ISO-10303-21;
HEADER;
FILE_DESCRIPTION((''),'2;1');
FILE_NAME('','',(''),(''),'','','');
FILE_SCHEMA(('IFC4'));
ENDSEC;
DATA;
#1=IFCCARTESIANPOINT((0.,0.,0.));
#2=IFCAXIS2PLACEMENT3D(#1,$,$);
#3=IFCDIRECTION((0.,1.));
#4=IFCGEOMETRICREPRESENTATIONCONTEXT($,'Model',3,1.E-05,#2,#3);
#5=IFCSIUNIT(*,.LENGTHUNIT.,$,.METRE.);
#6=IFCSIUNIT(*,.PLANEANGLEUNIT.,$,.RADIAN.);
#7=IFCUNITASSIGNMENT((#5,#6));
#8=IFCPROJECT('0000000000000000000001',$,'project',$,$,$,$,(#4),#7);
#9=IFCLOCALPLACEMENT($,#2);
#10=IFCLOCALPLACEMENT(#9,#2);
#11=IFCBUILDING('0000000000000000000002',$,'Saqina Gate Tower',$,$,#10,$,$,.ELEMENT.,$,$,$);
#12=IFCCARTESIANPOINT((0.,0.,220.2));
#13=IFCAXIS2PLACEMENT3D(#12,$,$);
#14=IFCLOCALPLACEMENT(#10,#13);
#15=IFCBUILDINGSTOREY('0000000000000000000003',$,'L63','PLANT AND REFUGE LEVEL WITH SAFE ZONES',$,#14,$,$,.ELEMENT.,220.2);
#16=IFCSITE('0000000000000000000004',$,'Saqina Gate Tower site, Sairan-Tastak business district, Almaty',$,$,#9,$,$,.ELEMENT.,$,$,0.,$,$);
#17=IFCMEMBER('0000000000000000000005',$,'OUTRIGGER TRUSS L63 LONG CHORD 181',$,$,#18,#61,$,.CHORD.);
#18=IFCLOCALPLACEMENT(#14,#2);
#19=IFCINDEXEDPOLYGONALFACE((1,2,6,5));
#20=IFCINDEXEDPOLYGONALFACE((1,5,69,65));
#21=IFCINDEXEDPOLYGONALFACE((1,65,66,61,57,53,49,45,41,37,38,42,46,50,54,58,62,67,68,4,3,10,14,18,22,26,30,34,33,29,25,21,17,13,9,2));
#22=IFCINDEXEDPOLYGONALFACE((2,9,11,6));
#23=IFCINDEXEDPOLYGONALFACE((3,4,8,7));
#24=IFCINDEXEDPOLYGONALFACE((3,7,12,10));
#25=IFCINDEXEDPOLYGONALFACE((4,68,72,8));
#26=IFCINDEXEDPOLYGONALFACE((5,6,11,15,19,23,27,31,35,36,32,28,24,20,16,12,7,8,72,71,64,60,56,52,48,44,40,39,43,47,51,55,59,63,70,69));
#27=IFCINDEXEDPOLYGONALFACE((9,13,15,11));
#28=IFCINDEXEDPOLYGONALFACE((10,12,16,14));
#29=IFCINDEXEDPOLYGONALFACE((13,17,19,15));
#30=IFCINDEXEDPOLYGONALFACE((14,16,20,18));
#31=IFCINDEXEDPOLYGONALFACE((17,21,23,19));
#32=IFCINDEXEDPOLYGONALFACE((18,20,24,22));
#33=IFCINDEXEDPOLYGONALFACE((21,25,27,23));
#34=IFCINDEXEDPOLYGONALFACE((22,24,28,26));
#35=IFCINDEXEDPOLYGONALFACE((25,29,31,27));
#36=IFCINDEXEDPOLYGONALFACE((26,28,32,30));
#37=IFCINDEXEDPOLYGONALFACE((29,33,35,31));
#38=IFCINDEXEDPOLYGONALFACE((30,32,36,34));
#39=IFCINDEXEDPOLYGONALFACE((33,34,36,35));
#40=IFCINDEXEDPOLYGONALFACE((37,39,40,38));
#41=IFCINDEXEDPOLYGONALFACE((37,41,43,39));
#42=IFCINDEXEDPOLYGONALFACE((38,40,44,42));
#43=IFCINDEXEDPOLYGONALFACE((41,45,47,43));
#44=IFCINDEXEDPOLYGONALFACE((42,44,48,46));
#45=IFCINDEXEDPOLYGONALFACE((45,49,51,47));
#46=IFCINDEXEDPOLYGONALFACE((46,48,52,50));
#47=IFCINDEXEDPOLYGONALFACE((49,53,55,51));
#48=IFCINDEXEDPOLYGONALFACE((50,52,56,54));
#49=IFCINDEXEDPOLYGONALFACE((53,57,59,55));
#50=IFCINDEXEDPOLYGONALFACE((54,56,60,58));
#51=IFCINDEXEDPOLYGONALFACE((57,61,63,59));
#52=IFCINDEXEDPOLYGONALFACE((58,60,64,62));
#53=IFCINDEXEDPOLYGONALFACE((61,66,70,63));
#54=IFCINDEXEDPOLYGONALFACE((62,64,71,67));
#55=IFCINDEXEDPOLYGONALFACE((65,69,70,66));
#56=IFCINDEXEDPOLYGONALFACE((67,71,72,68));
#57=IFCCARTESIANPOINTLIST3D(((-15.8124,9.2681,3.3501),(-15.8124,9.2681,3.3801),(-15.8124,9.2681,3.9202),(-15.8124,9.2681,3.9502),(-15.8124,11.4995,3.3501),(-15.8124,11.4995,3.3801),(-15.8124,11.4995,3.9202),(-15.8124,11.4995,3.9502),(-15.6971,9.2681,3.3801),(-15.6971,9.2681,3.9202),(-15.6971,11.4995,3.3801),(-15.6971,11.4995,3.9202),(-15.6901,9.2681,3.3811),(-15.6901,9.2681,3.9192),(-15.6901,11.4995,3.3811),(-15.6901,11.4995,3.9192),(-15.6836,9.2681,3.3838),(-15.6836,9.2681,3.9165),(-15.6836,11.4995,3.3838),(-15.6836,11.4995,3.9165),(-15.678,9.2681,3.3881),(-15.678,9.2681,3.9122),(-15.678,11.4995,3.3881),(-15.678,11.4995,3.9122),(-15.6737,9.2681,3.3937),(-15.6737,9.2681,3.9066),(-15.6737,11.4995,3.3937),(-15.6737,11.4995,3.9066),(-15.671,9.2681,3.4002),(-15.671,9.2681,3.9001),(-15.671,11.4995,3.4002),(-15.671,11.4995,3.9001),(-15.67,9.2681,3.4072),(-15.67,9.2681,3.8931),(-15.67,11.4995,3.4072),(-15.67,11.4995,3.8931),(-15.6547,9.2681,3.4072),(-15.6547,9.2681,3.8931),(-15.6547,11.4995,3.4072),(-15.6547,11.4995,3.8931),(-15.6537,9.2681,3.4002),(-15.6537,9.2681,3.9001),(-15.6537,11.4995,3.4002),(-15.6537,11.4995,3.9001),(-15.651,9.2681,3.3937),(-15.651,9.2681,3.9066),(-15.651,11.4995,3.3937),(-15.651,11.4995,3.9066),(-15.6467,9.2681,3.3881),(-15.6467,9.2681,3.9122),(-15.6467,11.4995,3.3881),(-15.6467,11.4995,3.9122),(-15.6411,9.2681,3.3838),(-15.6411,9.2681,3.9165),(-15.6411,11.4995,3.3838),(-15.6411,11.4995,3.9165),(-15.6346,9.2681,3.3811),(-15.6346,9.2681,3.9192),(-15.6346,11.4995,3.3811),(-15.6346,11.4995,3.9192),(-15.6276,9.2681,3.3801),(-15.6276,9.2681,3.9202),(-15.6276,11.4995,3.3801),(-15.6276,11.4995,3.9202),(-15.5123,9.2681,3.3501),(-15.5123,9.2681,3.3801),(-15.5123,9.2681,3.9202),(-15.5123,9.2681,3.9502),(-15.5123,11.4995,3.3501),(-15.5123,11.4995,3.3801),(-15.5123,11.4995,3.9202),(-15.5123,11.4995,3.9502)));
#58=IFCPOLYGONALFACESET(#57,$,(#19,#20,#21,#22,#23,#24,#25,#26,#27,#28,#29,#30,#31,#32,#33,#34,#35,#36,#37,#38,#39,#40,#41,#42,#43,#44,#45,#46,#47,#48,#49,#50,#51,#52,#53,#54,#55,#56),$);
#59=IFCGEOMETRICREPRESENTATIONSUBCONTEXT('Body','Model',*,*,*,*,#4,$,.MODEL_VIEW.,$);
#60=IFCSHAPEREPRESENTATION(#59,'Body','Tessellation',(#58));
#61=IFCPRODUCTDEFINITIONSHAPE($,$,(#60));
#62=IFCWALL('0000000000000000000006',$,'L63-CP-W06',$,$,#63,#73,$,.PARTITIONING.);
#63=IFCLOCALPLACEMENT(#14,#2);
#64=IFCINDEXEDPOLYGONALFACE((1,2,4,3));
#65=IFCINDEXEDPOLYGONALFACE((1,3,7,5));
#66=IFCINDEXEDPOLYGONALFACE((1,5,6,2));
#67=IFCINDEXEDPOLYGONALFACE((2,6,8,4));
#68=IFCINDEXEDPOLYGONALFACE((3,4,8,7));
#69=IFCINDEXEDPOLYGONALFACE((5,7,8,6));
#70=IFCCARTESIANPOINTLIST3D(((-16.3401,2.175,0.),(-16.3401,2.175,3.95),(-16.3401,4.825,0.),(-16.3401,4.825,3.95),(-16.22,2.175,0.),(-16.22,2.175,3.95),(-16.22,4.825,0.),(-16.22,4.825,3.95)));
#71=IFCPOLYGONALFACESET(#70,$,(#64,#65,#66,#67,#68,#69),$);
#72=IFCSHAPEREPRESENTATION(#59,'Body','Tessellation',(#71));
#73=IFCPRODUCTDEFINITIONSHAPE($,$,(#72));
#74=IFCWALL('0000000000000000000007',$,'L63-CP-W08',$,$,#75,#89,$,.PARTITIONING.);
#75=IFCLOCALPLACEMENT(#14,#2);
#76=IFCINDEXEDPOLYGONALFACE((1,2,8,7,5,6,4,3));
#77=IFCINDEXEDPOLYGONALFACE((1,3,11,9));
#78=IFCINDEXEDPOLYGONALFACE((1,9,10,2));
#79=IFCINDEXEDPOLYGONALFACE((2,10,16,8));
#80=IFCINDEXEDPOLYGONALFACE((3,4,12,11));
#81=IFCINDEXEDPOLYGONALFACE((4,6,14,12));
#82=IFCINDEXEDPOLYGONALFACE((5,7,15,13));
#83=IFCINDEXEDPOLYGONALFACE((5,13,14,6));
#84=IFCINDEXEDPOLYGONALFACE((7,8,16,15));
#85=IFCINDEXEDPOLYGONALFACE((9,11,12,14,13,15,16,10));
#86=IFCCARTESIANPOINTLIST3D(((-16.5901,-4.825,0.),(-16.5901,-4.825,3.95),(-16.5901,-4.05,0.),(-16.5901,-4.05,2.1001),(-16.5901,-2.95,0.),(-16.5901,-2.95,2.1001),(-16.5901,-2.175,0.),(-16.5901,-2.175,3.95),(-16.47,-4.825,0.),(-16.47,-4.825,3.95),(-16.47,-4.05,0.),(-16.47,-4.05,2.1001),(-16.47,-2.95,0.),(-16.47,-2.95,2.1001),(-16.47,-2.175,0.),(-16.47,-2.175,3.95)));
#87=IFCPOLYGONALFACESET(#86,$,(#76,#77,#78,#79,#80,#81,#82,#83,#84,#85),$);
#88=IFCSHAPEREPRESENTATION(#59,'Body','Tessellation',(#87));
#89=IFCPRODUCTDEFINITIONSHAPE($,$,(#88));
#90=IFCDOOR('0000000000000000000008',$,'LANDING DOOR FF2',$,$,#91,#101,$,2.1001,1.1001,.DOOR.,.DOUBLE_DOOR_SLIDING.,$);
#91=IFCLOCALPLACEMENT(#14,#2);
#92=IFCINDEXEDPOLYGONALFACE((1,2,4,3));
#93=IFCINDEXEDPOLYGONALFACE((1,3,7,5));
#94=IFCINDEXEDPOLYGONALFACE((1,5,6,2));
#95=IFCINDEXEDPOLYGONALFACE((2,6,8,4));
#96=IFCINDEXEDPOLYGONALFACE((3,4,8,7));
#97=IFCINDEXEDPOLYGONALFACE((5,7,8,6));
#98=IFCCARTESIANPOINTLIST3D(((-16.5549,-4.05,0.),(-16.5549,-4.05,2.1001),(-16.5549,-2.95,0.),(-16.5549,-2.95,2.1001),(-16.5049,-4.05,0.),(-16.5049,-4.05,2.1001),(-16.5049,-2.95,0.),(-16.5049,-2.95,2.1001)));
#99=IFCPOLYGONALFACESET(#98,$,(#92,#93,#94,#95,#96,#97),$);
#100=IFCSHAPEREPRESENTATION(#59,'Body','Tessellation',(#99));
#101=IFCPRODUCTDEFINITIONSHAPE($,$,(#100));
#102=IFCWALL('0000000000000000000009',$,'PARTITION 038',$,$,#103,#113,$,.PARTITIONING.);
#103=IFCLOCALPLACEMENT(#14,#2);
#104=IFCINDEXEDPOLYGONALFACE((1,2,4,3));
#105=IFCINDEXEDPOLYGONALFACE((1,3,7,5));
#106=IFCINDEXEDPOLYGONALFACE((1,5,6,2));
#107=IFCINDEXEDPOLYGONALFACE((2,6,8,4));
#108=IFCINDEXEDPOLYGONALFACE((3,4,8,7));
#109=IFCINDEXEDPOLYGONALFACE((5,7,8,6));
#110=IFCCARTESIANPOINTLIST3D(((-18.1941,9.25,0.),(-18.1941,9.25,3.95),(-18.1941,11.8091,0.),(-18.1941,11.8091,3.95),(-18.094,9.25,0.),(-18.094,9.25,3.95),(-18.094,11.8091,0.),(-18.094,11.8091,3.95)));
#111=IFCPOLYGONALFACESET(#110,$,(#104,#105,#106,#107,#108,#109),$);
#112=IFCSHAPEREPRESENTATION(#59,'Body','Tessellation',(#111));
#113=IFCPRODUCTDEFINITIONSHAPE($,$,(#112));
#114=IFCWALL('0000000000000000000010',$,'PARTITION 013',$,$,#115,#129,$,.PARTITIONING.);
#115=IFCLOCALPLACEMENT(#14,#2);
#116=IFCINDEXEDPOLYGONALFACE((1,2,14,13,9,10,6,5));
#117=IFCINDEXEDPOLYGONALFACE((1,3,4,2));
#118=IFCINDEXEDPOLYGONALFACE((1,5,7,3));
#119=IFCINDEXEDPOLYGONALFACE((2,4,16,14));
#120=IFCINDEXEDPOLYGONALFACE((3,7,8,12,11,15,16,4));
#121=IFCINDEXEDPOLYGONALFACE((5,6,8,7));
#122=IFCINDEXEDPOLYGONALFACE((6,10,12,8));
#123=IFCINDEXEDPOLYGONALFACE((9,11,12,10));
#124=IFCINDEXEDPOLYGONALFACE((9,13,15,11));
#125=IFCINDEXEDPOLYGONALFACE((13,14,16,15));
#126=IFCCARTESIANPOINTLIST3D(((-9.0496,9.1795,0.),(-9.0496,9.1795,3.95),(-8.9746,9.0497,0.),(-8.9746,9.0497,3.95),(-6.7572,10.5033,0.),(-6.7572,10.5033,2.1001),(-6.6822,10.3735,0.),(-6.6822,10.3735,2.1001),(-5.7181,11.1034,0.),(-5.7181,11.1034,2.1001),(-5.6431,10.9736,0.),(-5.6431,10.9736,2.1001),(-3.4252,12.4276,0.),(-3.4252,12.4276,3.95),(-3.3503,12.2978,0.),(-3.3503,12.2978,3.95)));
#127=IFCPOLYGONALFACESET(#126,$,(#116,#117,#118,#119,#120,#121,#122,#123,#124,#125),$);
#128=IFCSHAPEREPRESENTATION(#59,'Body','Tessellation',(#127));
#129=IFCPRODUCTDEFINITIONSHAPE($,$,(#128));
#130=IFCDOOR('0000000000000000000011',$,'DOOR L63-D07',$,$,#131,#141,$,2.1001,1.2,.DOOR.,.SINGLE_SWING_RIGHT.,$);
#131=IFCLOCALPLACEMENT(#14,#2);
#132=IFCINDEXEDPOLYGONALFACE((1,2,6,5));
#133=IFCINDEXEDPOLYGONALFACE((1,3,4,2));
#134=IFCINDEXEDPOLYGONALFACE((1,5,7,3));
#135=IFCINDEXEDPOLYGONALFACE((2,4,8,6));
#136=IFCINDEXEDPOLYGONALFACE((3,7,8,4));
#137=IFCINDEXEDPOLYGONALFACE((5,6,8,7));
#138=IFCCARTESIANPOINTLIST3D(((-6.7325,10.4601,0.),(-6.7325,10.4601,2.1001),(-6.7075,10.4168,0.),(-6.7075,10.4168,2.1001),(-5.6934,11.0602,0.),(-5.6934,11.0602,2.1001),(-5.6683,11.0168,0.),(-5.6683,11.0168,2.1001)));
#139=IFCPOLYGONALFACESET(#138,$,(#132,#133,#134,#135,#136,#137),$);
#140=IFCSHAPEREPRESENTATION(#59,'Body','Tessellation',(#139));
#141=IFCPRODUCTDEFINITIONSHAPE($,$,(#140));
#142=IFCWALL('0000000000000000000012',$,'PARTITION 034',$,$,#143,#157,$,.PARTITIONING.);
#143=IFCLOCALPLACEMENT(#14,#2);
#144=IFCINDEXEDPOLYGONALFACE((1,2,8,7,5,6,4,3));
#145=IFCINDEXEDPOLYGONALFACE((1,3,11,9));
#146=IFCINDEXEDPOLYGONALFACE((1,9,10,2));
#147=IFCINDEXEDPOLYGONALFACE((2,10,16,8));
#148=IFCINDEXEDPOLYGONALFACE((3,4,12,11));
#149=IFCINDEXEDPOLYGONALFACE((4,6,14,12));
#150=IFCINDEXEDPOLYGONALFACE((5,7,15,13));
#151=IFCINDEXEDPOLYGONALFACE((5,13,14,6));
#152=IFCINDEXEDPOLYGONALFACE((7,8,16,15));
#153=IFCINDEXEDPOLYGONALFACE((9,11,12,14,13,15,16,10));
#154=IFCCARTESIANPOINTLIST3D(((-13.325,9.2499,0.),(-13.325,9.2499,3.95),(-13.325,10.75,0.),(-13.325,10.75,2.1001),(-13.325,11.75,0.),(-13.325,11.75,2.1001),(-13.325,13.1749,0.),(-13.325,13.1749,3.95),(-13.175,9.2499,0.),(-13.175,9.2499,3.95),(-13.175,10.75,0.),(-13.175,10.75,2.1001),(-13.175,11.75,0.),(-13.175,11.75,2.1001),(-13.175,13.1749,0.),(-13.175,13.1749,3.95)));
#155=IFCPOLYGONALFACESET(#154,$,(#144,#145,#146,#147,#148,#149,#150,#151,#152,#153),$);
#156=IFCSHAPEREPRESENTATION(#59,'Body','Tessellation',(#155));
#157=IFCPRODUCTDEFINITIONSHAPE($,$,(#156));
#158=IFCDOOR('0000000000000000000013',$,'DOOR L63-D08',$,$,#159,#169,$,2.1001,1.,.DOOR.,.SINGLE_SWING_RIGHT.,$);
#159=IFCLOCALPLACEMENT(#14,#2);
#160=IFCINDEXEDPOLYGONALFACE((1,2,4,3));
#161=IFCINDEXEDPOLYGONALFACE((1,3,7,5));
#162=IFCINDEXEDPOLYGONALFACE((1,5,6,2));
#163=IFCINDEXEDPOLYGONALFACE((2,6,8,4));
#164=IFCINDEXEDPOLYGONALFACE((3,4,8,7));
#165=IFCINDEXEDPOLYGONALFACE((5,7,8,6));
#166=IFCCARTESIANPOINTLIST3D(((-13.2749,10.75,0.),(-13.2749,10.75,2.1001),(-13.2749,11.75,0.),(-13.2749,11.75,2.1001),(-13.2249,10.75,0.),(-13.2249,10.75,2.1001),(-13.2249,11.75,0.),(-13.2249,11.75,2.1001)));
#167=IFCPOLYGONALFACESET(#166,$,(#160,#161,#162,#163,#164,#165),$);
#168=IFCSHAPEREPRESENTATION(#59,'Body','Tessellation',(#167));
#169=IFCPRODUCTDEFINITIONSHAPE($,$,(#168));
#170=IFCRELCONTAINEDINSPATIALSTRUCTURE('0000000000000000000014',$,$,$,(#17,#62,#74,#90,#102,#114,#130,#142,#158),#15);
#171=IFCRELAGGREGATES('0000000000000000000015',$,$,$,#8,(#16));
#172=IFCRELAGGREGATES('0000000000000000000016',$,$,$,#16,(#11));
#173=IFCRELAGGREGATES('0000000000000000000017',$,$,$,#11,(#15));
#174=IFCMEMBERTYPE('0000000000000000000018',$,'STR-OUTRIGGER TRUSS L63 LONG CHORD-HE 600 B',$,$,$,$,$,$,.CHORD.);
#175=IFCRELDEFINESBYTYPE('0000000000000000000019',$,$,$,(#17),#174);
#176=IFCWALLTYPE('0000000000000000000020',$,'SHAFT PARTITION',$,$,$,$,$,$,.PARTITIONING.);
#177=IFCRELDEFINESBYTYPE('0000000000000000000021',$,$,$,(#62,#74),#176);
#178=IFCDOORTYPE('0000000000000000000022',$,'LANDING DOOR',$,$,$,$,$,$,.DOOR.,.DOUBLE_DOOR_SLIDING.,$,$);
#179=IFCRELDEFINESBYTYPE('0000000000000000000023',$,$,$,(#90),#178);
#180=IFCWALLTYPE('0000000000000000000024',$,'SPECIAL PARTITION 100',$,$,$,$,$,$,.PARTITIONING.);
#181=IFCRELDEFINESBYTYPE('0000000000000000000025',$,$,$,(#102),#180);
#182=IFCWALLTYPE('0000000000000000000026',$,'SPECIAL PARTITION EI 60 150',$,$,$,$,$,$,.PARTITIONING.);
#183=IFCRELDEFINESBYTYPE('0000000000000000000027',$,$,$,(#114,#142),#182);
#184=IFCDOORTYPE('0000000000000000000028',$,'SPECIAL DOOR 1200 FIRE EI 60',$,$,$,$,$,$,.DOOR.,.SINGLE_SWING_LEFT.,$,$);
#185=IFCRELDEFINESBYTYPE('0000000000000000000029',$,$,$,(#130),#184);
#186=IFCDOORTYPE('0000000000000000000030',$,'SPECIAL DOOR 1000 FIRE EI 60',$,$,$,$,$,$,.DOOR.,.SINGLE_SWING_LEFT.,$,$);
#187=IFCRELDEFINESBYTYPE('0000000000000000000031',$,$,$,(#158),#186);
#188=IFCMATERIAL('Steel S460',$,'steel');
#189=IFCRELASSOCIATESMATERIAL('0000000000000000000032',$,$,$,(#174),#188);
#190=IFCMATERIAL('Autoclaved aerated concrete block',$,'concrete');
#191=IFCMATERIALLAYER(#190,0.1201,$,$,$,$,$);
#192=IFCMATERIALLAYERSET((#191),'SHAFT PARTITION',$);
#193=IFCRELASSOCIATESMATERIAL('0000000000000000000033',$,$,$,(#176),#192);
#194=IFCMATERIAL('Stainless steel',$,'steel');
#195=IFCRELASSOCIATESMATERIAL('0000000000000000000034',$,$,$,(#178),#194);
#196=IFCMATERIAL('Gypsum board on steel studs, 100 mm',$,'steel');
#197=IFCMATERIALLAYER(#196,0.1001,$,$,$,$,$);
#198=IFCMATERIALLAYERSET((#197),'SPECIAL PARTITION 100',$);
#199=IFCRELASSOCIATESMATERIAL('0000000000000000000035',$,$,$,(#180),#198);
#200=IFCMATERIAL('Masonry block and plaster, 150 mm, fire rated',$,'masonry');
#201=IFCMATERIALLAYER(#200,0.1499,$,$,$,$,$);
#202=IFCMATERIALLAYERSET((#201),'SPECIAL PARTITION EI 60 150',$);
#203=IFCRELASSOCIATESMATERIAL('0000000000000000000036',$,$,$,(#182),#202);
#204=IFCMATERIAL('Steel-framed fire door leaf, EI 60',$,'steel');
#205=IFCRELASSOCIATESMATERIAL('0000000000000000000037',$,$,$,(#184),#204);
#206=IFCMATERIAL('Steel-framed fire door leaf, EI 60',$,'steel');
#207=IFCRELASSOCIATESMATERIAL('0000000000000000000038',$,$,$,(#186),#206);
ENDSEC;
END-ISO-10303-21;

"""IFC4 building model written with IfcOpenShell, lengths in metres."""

from ifc_helpers import new_model, si_unit, direction, frame, frame_2d, origin, origin_2d, place, context, subcontext, project, spatial, rectangle, i_section, extrude, material, layer, layer_set, material_profile, profile_set, type_object, element, fill, save


model = new_model("IFC4")

# Units and contexts
model_context = context("Model", 3, precision=1e-05, world=origin(), true_north=direction((0.0, 1.0)))
body_context = subcontext(model_context, "Body", "Model", "MODEL_VIEW")
ifc_project = project(units=[si_unit("LENGTHUNIT", "METRE"), si_unit("PLANEANGLEUNIT", "RADIAN")], contexts=[model_context])

# Site, building, storey
site_placement = place(None, origin())
site = spatial("IfcSite", under=ifc_project, at=site_placement, Name="Saqina Gate Tower site, Sairan-Tastak business district, Almaty", CompositionType="ELEMENT", RefElevation=0.0)
building_placement = place(site_placement, origin())
building = spatial("IfcBuilding", under=site, at=building_placement, Name="Saqina Gate Tower", CompositionType="ELEMENT")
storey_placement = place(building_placement, frame((0.0, 0.0, 220.2)))
storey = spatial("IfcBuildingStorey", under=building, at=storey_placement, Name="L63", Description="PLANT AND REFUGE LEVEL WITH SAFE ZONES", CompositionType="ELEMENT", Elevation=220.2)

# Member
ifc_material_1 = material(Name="Steel S460", Category="steel")
ifc_material_profile_1 = material_profile(ifc_material_1, i_section(OverallWidth=0.3, OverallDepth=0.6001, WebThickness=0.0154, FlangeThickness=0.03, FilletRadius=0.0271, at=origin_2d()), Name="HE 600 B")
ifc_profile_set_1 = profile_set([ifc_material_profile_1], Name="Steel S460")
member_type_1 = type_object("IfcMemberType", Name="STR-OUTRIGGER TRUSS L63 LONG CHORD-HE 600 B", PredefinedType="CHORD", material=ifc_profile_set_1)
for number, where, z_axis, x_axis, name in (
    (1, (-15.6624, 9.2681, 3.6501), (0.0, 1.0, 0.0), (-1.0, 0.0, 0.0), "OUTRIGGER TRUSS L63 LONG CHORD 181"),
):
    element("IfcMember", number, at=place(storey_placement, frame(where, z_axis=z_axis, x_axis=x_axis)), inside=storey, type_object=member_type_1, Name=name, PredefinedType="CHORD", context=body_context, shape_type="SweptSolid", body=[
        extrude(i_section(OverallWidth=0.3, OverallDepth=0.6001, WebThickness=0.0154, FlangeThickness=0.03, FilletRadius=0.0271, at=origin_2d()), origin(), (0.0, 0.0, 1.0), 2.2314),
    ])

# Wall
ifc_material_2 = material(Name="Autoclaved aerated concrete block", Category="concrete")
ifc_layer_1 = layer(ifc_material_2, 0.1201)
ifc_layer_set_1 = layer_set([ifc_layer_1], Name="SHAFT PARTITION")
wall_type_1 = type_object("IfcWallType", Name="SHAFT PARTITION", PredefinedType="PARTITIONING", material=ifc_layer_set_1)
wall_1_placement = place(storey_placement, frame((-16.28, 2.175, 0.0), z_axis=(0.0, 0.0, 1.0), x_axis=(0.0, 1.0, 0.0)))
element("IfcWall", 2, at=wall_1_placement, inside=storey, type_object=wall_type_1, Name="L63-CP-W06", PredefinedType="PARTITIONING", context=body_context, shape_type="SweptSolid", body=[
    extrude(rectangle(XDim=2.6499, YDim=0.1201, at=frame_2d((1.325, 0.0))), origin(), (0.0, 0.0, 1.0), 3.95),
])

# Wall, opening, door
wall_2_placement = place(storey_placement, frame((-16.53, -4.825, 0.0), z_axis=(0.0, 0.0, 1.0), x_axis=(0.0, 1.0, 0.0)))
wall_2 = element("IfcWall", 3, at=wall_2_placement, inside=storey, type_object=wall_type_1, Name="L63-CP-W08", PredefinedType="PARTITIONING", context=body_context, shape_type="SweptSolid", body=[
    extrude(rectangle(XDim=2.6499, YDim=0.1201, at=frame_2d((1.325, 0.0))), origin(), (0.0, 0.0, 1.0), 3.95),
])
opening_1_placement = place(wall_2_placement, frame((0.7749, 0.0, 0.0)))
opening_1 = element("IfcOpeningElement", 4, at=opening_1_placement, cuts=wall_2, PredefinedType="OPENING", context=body_context, shape_type="SweptSolid", body=[
    extrude(rectangle(XDim=1.1001, YDim=2.1001, at=frame_2d((0.55, 1.05))), frame((0.0, 0.072, 0.0), z_axis=(0.0, -1.0, 0.0), x_axis=(1.0, 0.0, 0.0)), (0.0, 0.0, 1.0), 0.144),
])
ifc_material_3 = material(Name="Stainless steel", Category="steel")
door_type_1 = type_object("IfcDoorType", Name="LANDING DOOR", OperationType="DOUBLE_DOOR_SLIDING", PredefinedType="DOOR", material=ifc_material_3)
door_1_placement = place(opening_1_placement, origin())
door_1 = element("IfcDoor", 5, at=door_1_placement, inside=storey, type_object=door_type_1, Name="LANDING DOOR FF2", OperationType="DOUBLE_DOOR_SLIDING", OverallHeight=2.1001, OverallWidth=1.1001, PredefinedType="DOOR", context=body_context, shape_type="SweptSolid", body=[
    extrude(rectangle(XDim=1.1001, YDim=2.1001, at=frame_2d((0.55, 1.05))), frame((0.0, 0.0249, 0.0), z_axis=(0.0, -1.0, 0.0), x_axis=(1.0, 0.0, 0.0)), (0.0, 0.0, 1.0), 0.05),
])
fill(opening_1, door_1)

# Wall
ifc_material_4 = material(Name="Gypsum board on steel studs, 100 mm", Category="steel")
ifc_layer_2 = layer(ifc_material_4, 0.1001)
ifc_layer_set_2 = layer_set([ifc_layer_2], Name="SPECIAL PARTITION 100")
wall_type_2 = type_object("IfcWallType", Name="SPECIAL PARTITION 100", PredefinedType="PARTITIONING", material=ifc_layer_set_2)
wall_3_placement = place(storey_placement, frame((-18.144, 9.25, 0.0), z_axis=(0.0, 0.0, 1.0), x_axis=(0.0, 1.0, 0.0)))
element("IfcWall", 6, at=wall_3_placement, inside=storey, type_object=wall_type_2, Name="PARTITION 038", PredefinedType="PARTITIONING", context=body_context, shape_type="SweptSolid", body=[
    extrude(rectangle(XDim=2.5591, YDim=0.1001, at=frame_2d((1.2795, 0.0))), origin(), (0.0, 0.0, 1.0), 3.95),
])

# Walls, openings, doors
ifc_material_5 = material(Name="Masonry block and plaster, 150 mm, fire rated", Category="masonry")
ifc_layer_3 = layer(ifc_material_5, 0.1499)
ifc_layer_set_3 = layer_set([ifc_layer_3], Name="SPECIAL PARTITION EI 60 150")
wall_type_3 = type_object("IfcWallType", Name="SPECIAL PARTITION EI 60 150", PredefinedType="PARTITIONING", material=ifc_layer_set_3)
wall_4_placement = place(storey_placement, frame((-9.0122, 9.1145, 0.0), z_axis=(0.0, 0.0, 1.0), x_axis=(0.865967, 0.500101, 0.0)))
wall_4 = element("IfcWall", 7, at=wall_4_placement, inside=storey, type_object=wall_type_3, Name="PARTITION 013", PredefinedType="PARTITIONING", context=body_context, shape_type="SweptSolid", body=[
    extrude(rectangle(XDim=6.4949, YDim=0.1499, at=frame_2d((3.2476, 0.0))), origin(), (0.0, 0.0, 1.0), 3.95),
])
opening_2_placement = place(wall_4_placement, frame((2.6472, 0.0, 0.0)))
opening_2 = element("IfcOpeningElement", 8, at=opening_2_placement, cuts=wall_4, PredefinedType="OPENING", context=body_context, shape_type="SweptSolid", body=[
    extrude(rectangle(XDim=1.2, YDim=2.1001, at=frame_2d((0.6001, 1.05))), frame((0.0, 0.0869, 0.0), z_axis=(0.0, -1.0, 0.0), x_axis=(1.0, 0.0, 0.0)), (0.0, 0.0, 1.0), 0.1738),
])
ifc_material_6 = material(Name="Steel-framed fire door leaf, EI 60", Category="steel")
door_type_2 = type_object("IfcDoorType", Name="SPECIAL DOOR 1200 FIRE EI 60", OperationType="SINGLE_SWING_LEFT", PredefinedType="DOOR", material=ifc_material_6)
door_2_placement = place(opening_2_placement, frame((1.2, 0.0, 0.0), z_axis=(0.0, 0.0, 1.0), x_axis=(-1.0, 0.0, 0.0)))
door_2 = element("IfcDoor", 9, at=door_2_placement, inside=storey, type_object=door_type_2, Name="DOOR L63-D07", OperationType="SINGLE_SWING_RIGHT", OverallHeight=2.1001, OverallWidth=1.2, PredefinedType="DOOR", context=body_context, shape_type="SweptSolid", body=[
    extrude(rectangle(XDim=1.2, YDim=2.1001, at=frame_2d((0.6001, 1.05))), frame((0.0, 0.0249, 0.0), z_axis=(0.0, -1.0, 0.0), x_axis=(1.0, 0.0, 0.0)), (0.0, 0.0, 1.0), 0.05),
])
fill(opening_2, door_2)
wall_5_placement = place(storey_placement, frame((-13.25, 9.25, 0.0), z_axis=(0.0, 0.0, 1.0), x_axis=(0.0, 1.0, 0.0)))
wall_5 = element("IfcWall", 10, at=wall_5_placement, inside=storey, type_object=wall_type_3, Name="PARTITION 034", PredefinedType="PARTITIONING", context=body_context, shape_type="SweptSolid", body=[
    extrude(rectangle(XDim=3.925, YDim=0.1499, at=frame_2d((1.9624, 0.0))), origin(), (0.0, 0.0, 1.0), 3.95),
])
opening_3_placement = place(wall_5_placement, frame((1.5, 0.0, 0.0)))
opening_3 = element("IfcOpeningElement", 11, at=opening_3_placement, cuts=wall_5, PredefinedType="OPENING", context=body_context, shape_type="SweptSolid", body=[
    extrude(rectangle(XDim=1.0, YDim=2.1001, at=frame_2d((0.5, 1.05))), frame((0.0, 0.0869, 0.0), z_axis=(0.0, -1.0, 0.0), x_axis=(1.0, 0.0, 0.0)), (0.0, 0.0, 1.0), 0.1738),
])
ifc_material_7 = material(Name="Steel-framed fire door leaf, EI 60", Category="steel")
door_type_3 = type_object("IfcDoorType", Name="SPECIAL DOOR 1000 FIRE EI 60", OperationType="SINGLE_SWING_LEFT", PredefinedType="DOOR", material=ifc_material_7)
door_3_placement = place(opening_3_placement, origin())
door_3 = element("IfcDoor", 12, at=door_3_placement, inside=storey, type_object=door_type_3, Name="DOOR L63-D08", OperationType="SINGLE_SWING_RIGHT", OverallHeight=2.1001, OverallWidth=1.0, PredefinedType="DOOR", context=body_context, shape_type="SweptSolid", body=[
    extrude(rectangle(XDim=1.0, YDim=2.1001, at=frame_2d((0.5, 1.05))), frame((0.0, 0.0249, 0.0), z_axis=(0.0, -1.0, 0.0), x_axis=(1.0, 0.0, 0.0)), (0.0, 0.0, 1.0), 0.05),
])
fill(opening_3, door_3)

save(model, "model.ifc")
